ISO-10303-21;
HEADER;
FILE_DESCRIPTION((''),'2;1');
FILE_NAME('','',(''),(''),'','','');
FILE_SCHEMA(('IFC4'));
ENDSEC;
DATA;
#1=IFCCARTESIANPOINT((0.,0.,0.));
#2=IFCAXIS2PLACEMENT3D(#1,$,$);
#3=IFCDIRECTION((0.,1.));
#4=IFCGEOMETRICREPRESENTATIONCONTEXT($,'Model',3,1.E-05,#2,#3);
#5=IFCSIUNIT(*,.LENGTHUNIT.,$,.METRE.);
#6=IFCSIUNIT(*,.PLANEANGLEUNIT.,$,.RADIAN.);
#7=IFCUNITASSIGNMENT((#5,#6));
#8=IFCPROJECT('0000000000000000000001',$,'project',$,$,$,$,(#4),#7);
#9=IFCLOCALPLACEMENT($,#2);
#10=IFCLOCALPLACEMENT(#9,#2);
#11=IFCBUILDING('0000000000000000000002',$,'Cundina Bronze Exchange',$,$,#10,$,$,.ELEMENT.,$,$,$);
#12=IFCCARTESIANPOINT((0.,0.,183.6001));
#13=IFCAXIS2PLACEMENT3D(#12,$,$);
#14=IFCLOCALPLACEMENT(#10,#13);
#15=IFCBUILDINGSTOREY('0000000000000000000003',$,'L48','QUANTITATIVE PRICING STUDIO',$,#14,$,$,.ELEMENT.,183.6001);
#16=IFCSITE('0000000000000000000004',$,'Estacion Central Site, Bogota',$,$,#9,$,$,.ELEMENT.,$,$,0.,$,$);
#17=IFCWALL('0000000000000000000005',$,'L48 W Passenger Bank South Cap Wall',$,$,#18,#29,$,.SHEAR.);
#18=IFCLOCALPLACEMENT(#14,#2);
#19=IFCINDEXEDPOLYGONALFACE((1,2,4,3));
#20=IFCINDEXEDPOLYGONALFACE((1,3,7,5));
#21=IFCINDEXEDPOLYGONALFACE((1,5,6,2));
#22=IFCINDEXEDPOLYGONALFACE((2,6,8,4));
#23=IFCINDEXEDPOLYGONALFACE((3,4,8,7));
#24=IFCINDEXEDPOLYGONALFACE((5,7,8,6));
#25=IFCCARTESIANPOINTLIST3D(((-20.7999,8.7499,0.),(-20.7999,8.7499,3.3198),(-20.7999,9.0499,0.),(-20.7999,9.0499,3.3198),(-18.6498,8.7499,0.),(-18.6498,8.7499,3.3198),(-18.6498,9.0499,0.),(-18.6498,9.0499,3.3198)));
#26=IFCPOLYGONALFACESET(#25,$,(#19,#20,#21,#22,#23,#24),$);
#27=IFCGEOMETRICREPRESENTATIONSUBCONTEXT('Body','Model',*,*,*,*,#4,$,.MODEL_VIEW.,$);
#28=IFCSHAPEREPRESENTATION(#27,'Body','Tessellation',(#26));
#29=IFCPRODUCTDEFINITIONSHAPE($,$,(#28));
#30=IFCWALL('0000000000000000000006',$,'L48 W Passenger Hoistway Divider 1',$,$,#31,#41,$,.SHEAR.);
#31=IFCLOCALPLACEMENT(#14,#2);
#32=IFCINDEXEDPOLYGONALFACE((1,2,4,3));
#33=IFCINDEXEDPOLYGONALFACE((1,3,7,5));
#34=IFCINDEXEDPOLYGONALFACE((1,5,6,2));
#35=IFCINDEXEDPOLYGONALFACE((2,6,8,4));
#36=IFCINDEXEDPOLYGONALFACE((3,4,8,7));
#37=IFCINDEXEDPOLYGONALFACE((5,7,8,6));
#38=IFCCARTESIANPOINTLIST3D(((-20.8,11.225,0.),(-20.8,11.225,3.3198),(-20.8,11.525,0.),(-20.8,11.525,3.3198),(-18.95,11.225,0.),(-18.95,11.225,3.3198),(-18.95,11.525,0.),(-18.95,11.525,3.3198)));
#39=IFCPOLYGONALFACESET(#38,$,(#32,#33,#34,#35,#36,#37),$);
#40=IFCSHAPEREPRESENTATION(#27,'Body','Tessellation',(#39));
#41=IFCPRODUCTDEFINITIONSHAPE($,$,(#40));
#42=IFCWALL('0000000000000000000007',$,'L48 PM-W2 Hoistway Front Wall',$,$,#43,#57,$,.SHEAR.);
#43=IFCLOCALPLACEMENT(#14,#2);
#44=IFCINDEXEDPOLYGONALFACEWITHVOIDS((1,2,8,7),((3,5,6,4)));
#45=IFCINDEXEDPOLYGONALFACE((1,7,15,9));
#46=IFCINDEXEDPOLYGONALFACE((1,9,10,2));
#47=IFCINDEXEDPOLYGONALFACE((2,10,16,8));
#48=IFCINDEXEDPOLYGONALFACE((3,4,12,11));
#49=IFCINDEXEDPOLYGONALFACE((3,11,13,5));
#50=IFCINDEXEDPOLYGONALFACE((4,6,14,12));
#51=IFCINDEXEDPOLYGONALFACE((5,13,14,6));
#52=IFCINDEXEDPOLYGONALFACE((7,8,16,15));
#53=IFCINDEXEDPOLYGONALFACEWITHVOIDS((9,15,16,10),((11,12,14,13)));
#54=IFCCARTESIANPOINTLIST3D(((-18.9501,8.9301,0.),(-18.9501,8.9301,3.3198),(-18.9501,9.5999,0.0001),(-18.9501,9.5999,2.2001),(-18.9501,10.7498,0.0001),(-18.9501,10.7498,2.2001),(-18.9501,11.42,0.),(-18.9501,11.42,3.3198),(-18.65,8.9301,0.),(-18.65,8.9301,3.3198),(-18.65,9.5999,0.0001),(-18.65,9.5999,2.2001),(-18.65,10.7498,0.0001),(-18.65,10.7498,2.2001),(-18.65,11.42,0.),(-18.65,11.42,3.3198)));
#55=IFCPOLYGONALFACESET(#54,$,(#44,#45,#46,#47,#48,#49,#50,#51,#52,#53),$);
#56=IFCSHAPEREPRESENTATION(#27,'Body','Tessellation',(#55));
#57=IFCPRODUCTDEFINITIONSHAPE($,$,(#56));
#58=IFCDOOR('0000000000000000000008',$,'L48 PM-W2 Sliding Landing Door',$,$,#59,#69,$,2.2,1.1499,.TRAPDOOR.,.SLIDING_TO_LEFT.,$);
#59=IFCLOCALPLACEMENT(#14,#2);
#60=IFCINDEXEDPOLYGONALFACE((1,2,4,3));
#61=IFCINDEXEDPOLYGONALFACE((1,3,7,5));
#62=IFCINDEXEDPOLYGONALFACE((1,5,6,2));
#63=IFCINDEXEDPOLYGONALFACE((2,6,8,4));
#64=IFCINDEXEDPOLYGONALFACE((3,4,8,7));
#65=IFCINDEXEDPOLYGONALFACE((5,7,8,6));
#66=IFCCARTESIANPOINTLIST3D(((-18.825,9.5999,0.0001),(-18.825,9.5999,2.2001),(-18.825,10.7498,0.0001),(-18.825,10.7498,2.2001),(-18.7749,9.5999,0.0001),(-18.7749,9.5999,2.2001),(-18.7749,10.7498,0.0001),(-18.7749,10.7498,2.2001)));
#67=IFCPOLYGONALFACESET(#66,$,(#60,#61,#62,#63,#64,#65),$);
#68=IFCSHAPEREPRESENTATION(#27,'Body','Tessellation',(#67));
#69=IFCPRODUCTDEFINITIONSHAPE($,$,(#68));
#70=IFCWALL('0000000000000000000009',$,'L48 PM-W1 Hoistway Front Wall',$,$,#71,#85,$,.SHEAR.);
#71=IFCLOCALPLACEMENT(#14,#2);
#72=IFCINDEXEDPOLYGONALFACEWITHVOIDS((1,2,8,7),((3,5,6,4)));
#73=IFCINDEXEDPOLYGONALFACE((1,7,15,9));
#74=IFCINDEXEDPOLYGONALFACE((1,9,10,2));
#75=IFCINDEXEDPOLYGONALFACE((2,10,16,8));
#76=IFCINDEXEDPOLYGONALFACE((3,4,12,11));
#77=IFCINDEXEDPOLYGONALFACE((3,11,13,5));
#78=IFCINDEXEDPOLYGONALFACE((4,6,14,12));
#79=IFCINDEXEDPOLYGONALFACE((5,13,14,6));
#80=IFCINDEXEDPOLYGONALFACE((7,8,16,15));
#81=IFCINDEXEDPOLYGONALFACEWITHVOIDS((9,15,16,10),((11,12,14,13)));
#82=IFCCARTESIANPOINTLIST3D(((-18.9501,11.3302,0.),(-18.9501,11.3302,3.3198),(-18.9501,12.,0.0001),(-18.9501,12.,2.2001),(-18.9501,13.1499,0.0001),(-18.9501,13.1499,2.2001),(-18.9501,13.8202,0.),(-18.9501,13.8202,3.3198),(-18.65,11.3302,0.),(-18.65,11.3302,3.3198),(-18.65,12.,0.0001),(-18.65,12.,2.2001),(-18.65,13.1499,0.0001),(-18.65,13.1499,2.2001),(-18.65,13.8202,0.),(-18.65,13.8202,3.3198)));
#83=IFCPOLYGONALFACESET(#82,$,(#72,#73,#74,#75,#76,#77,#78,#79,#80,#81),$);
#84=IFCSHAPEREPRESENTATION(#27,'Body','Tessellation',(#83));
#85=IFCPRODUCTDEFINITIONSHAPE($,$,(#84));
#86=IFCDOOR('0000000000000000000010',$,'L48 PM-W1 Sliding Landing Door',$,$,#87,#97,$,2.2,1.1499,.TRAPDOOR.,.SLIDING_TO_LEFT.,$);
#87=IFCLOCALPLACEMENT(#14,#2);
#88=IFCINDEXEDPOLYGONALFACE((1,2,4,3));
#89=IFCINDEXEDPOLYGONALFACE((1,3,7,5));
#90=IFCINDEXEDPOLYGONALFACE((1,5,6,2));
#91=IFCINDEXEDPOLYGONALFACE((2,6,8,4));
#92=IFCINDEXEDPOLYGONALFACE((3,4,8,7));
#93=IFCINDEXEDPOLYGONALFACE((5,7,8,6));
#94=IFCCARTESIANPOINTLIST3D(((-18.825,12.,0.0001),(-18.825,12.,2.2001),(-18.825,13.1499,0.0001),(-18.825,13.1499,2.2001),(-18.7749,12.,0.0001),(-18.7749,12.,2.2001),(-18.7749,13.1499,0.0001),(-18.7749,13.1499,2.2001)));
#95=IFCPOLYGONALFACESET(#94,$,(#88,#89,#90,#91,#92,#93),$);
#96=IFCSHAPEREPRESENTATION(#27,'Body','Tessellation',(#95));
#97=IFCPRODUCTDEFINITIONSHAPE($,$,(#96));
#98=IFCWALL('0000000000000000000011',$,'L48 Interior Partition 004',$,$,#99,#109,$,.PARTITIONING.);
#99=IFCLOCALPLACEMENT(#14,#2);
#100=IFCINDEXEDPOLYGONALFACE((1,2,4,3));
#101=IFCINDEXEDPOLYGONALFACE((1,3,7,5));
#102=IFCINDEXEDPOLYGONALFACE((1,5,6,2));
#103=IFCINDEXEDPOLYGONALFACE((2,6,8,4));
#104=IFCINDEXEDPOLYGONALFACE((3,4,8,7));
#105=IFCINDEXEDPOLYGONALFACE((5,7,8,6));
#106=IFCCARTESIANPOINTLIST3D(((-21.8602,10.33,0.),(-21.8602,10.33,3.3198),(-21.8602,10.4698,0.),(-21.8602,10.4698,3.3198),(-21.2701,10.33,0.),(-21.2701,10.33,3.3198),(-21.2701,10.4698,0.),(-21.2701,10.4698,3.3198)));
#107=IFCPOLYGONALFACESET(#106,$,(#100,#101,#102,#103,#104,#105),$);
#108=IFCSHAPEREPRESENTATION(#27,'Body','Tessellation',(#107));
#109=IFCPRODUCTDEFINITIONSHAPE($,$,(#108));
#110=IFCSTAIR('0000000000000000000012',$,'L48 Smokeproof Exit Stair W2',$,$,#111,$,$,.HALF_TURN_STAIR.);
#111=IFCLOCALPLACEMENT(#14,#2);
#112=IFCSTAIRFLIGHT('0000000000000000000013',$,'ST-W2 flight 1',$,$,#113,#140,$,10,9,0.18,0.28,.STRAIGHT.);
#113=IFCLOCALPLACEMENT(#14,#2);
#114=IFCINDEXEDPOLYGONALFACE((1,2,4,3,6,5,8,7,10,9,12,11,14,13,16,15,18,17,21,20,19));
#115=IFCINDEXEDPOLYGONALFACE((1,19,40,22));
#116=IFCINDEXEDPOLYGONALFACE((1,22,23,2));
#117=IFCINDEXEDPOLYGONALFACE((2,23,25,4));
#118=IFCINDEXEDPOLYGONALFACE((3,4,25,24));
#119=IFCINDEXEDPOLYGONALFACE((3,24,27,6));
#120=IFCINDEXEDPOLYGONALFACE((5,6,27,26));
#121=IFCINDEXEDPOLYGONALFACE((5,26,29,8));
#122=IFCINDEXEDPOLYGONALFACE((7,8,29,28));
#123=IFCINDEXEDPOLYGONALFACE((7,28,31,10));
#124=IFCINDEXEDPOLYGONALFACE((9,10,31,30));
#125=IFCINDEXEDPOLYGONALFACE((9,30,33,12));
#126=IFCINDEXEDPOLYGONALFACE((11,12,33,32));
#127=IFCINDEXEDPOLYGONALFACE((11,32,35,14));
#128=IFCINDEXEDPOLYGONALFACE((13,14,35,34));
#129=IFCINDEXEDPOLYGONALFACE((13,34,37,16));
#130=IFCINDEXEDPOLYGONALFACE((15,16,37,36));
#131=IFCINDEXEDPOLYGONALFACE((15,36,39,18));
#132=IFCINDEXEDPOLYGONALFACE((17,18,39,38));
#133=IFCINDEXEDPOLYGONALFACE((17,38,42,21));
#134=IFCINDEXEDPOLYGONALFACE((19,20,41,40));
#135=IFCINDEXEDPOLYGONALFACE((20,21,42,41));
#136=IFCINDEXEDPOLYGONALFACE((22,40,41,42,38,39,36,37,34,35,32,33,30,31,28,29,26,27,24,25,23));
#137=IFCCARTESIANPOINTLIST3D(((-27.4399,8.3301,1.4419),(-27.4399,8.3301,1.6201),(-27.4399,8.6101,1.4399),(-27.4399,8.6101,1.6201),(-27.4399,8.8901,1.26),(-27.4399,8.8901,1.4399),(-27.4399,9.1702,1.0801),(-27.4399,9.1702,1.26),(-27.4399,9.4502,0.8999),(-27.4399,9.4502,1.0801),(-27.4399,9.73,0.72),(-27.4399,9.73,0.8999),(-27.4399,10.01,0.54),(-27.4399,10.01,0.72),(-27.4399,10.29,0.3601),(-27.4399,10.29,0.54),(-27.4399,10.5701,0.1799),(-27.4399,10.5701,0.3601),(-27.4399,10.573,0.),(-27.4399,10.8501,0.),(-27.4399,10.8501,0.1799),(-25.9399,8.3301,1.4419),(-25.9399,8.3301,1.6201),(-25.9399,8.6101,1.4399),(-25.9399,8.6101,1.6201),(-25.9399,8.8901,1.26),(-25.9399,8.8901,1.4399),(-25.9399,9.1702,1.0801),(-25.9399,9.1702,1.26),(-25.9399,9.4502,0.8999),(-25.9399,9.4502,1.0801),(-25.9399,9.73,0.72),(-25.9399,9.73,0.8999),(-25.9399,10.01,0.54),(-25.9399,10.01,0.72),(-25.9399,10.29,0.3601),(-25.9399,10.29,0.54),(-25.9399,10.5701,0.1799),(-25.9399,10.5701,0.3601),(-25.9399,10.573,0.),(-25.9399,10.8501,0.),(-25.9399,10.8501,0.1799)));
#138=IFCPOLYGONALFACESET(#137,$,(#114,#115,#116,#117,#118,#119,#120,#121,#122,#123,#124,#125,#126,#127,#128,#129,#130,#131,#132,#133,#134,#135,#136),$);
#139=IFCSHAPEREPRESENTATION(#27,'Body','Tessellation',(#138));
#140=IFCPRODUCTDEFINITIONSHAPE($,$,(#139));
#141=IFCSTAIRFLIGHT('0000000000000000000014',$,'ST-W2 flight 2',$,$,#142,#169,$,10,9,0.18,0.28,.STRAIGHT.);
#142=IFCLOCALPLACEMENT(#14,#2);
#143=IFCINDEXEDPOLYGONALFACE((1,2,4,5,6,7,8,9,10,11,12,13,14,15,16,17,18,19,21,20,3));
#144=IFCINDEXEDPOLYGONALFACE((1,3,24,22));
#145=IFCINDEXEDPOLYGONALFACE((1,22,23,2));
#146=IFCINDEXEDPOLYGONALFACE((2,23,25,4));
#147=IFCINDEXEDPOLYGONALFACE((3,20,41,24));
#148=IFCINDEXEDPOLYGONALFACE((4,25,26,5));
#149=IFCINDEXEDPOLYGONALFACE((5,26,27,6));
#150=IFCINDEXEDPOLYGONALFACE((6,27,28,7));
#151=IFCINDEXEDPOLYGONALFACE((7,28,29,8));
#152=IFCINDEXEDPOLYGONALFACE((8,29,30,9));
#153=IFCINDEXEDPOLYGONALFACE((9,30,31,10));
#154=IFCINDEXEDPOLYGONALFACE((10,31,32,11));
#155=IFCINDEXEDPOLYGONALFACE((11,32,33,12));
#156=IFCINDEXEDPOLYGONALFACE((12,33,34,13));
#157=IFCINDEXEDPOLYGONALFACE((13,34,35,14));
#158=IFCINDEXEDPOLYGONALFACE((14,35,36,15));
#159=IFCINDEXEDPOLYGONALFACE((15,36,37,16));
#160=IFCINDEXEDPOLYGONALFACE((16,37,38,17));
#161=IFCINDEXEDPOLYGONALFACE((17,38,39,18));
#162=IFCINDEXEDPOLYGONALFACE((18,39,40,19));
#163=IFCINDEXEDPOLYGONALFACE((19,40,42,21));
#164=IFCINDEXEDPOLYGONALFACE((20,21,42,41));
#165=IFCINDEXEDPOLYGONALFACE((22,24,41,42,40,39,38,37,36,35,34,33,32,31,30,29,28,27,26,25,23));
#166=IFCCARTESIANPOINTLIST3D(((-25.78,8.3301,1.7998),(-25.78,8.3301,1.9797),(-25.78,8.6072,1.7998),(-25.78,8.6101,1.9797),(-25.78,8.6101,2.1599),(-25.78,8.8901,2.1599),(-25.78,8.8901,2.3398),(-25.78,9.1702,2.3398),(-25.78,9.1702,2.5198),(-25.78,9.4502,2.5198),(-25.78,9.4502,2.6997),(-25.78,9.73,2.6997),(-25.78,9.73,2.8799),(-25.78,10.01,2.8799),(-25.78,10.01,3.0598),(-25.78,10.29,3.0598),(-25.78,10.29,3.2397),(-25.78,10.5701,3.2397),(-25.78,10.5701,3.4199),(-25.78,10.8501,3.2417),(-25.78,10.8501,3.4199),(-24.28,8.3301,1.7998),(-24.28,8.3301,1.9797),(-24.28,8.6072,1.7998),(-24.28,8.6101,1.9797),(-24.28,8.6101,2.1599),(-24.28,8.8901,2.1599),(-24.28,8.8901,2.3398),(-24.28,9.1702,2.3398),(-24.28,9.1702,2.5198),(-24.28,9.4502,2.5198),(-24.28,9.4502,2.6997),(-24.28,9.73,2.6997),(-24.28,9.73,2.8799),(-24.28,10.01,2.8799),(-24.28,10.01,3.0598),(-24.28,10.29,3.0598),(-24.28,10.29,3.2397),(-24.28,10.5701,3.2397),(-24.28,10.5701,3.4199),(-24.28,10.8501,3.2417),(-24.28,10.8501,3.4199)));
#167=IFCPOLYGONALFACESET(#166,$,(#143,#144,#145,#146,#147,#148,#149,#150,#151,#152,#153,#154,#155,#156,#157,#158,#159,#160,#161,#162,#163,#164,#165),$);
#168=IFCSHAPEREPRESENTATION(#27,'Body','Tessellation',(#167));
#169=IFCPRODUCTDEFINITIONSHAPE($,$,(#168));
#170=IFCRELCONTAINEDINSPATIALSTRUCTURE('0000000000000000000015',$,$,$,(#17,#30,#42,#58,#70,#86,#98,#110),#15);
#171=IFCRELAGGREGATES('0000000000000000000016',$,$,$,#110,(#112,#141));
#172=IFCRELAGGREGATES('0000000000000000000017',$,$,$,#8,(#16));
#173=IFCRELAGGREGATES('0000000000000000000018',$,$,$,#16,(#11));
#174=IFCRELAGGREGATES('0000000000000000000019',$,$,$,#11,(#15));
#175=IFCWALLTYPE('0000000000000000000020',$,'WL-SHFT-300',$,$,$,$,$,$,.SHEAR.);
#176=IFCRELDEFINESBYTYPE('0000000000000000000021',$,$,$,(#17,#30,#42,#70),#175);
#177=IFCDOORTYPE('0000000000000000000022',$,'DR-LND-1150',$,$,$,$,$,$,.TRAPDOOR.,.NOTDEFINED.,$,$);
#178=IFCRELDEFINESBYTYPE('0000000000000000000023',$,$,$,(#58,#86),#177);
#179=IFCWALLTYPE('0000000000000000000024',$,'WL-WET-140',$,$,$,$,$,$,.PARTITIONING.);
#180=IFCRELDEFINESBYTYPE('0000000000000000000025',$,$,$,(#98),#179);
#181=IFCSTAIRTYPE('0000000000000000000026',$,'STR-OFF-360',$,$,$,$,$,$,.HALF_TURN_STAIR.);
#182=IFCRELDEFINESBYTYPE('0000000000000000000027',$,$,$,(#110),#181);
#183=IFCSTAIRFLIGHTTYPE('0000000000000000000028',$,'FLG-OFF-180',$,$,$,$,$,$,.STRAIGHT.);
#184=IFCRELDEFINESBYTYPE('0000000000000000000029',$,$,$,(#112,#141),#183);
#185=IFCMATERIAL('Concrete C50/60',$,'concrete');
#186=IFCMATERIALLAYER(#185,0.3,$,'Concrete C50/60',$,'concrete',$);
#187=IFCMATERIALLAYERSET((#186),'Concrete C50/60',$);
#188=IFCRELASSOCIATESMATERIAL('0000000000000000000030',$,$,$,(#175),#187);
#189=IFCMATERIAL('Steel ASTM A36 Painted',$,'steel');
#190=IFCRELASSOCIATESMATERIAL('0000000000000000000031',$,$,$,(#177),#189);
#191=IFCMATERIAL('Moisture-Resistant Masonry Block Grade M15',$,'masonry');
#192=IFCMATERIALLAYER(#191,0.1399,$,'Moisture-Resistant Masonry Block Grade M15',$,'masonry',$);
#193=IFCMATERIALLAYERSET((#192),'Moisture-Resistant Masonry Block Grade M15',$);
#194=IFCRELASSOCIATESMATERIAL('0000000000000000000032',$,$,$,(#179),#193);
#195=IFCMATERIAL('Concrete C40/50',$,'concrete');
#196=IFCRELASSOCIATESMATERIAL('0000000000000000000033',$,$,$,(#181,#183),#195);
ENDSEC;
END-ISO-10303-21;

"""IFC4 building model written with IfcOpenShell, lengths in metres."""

from ifc_helpers import new_model, si_unit, direction, frame, frame_2d, origin, place, context, subcontext, project, spatial, polyline, rectangle, outline, extrude, material, layer, layer_set, type_object, element, fill, aggregate, save


model = new_model("IFC4")

# Units and contexts
model_context = context("Model", 3, precision=1e-05, world=origin(), true_north=direction((0.0, 1.0)))
body_context = subcontext(model_context, "Body", "Model", "MODEL_VIEW")
ifc_project = project(units=[si_unit("LENGTHUNIT", "METRE"), si_unit("PLANEANGLEUNIT", "RADIAN")], contexts=[model_context])

# Site, building, storey
site_placement = place(None, origin())
site = spatial("IfcSite", under=ifc_project, at=site_placement, Name="Estacion Central Site, Bogota", CompositionType="ELEMENT", RefElevation=0.0)
building_placement = place(site_placement, origin())
building = spatial("IfcBuilding", under=site, at=building_placement, Name="Cundina Bronze Exchange", CompositionType="ELEMENT")
storey_placement = place(building_placement, frame((0.0, 0.0, 183.6001)))
storey = spatial("IfcBuildingStorey", under=building, at=storey_placement, Name="L48", Description="QUANTITATIVE PRICING STUDIO", CompositionType="ELEMENT", Elevation=183.6001)

# Shared definitions
ifc_material_1 = material(Name="Concrete C50/60", Category="concrete")

# Shared definitions
ifc_layer_1 = layer(ifc_material_1, 0.3, Name="Concrete C50/60", Category="concrete")
ifc_layer_set_1 = layer_set([ifc_layer_1], Name="Concrete C50/60")
wall_type_1 = type_object("IfcWallType", Name="WL-SHFT-300", PredefinedType="SHEAR", material=ifc_layer_set_1)
ifc_material_2 = material(Name="Steel ASTM A36 Painted", Category="steel")
door_type = type_object("IfcDoorType", Name="DR-LND-1150", OperationType="NOTDEFINED", PredefinedType="TRAPDOOR", material=ifc_material_2)

# Walls
wall_1_placement = place(storey_placement, frame((-20.8, 8.8999, 0.0), z_axis=(0.0, 0.0, 1.0), x_axis=(1.0, 0.0, 0.0)))
element("IfcWall", 1, at=wall_1_placement, inside=storey, type_object=wall_type_1, Name="L48 W Passenger Bank South Cap Wall", PredefinedType="SHEAR", context=body_context, shape_type="SweptSolid", body=[
    extrude(rectangle(XDim=2.1501, YDim=0.3, at=frame_2d((1.0752, 0.0))), origin(), (0.0, 0.0, 1.0), 3.3198),
])
wall_2_placement = place(storey_placement, frame((-20.8, 11.375, 0.0), z_axis=(0.0, 0.0, 1.0), x_axis=(1.0, 0.0, 0.0)))
element("IfcWall", 2, at=wall_2_placement, inside=storey, type_object=wall_type_1, Name="L48 W Passenger Hoistway Divider 1", PredefinedType="SHEAR", context=body_context, shape_type="SweptSolid", body=[
    extrude(rectangle(XDim=1.8501, YDim=0.3, at=frame_2d((0.925, 0.0))), origin(), (0.0, 0.0, 1.0), 3.3198),
])

# Walls, openings, doors
wall_3_placement = place(storey_placement, frame((-18.8, 8.9299, 0.0), z_axis=(0.0, 0.0, 1.0), x_axis=(0.0, 1.0, 0.0)))
wall_3 = element("IfcWall", 3, at=wall_3_placement, inside=storey, type_object=wall_type_1, Name="L48 PM-W2 Hoistway Front Wall", PredefinedType="SHEAR", context=body_context, shape_type="SweptSolid", body=[
    extrude(rectangle(XDim=2.49, YDim=0.3, at=frame_2d((1.2451, 0.0))), origin(), (0.0, 0.0, 1.0), 3.3198),
])
opening_1_placement = place(wall_3_placement, frame((0.6699, 0.0, 0.0)))
opening_1 = element("IfcOpeningElement", 4, at=opening_1_placement, cuts=wall_3, PredefinedType="OPENING", context=body_context, shape_type="SweptSolid", body=[
    extrude(rectangle(XDim=1.1499, YDim=2.2, at=frame_2d((0.575, 1.1001))), frame((0.0, 0.1599, 0.0), z_axis=(0.0, -1.0, 0.0), x_axis=(1.0, 0.0, 0.0)), (0.0, 0.0, 1.0), 0.3201),
])
door_1_placement = place(opening_1_placement, origin())
door_1 = element("IfcDoor", 5, at=door_1_placement, inside=storey, type_object=door_type, Name="L48 PM-W2 Sliding Landing Door", OperationType="SLIDING_TO_LEFT", OverallHeight=2.2, OverallWidth=1.1499, PredefinedType="TRAPDOOR", context=body_context, shape_type="SweptSolid", body=[
    extrude(rectangle(XDim=1.1499, YDim=2.2, at=frame_2d((0.575, 1.1001))), frame((0.0, 0.0249, 0.0), z_axis=(0.0, -1.0, 0.0), x_axis=(1.0, 0.0, 0.0)), (0.0, 0.0, 1.0), 0.05),
])
fill(opening_1, door_1)
wall_4_placement = place(storey_placement, frame((-18.8, 11.3301, 0.0), z_axis=(0.0, 0.0, 1.0), x_axis=(0.0, 1.0, 0.0)))
wall_4 = element("IfcWall", 6, at=wall_4_placement, inside=storey, type_object=wall_type_1, Name="L48 PM-W1 Hoistway Front Wall", PredefinedType="SHEAR", context=body_context, shape_type="SweptSolid", body=[
    extrude(rectangle(XDim=2.49, YDim=0.3, at=frame_2d((1.2451, 0.0))), origin(), (0.0, 0.0, 1.0), 3.3198),
])
opening_2_placement = place(wall_4_placement, frame((0.6699, 0.0, 0.0)))
opening_2 = element("IfcOpeningElement", 7, at=opening_2_placement, cuts=wall_4, PredefinedType="OPENING", context=body_context, shape_type="SweptSolid", body=[
    extrude(rectangle(XDim=1.1499, YDim=2.2, at=frame_2d((0.575, 1.1001))), frame((0.0, 0.1599, 0.0), z_axis=(0.0, -1.0, 0.0), x_axis=(1.0, 0.0, 0.0)), (0.0, 0.0, 1.0), 0.3201),
])
door_2_placement = place(opening_2_placement, origin())
door_2 = element("IfcDoor", 8, at=door_2_placement, inside=storey, type_object=door_type, Name="L48 PM-W1 Sliding Landing Door", OperationType="SLIDING_TO_LEFT", OverallHeight=2.2, OverallWidth=1.1499, PredefinedType="TRAPDOOR", context=body_context, shape_type="SweptSolid", body=[
    extrude(rectangle(XDim=1.1499, YDim=2.2, at=frame_2d((0.575, 1.1001))), frame((0.0, 0.0249, 0.0), z_axis=(0.0, -1.0, 0.0), x_axis=(1.0, 0.0, 0.0)), (0.0, 0.0, 1.0), 0.05),
])
fill(opening_2, door_2)

# Wall
ifc_material_3 = material(Name="Moisture-Resistant Masonry Block Grade M15", Category="masonry")
ifc_layer_2 = layer(ifc_material_3, 0.1399, Name="Moisture-Resistant Masonry Block Grade M15", Category="masonry")
ifc_layer_set_2 = layer_set([ifc_layer_2], Name="Moisture-Resistant Masonry Block Grade M15")
wall_type_2 = type_object("IfcWallType", Name="WL-WET-140", PredefinedType="PARTITIONING", material=ifc_layer_set_2)
wall_5_placement = place(storey_placement, frame((-21.8601, 10.3999, 0.0), z_axis=(0.0, 0.0, 1.0), x_axis=(1.0, 0.0, 0.0)))
element("IfcWall", 9, at=wall_5_placement, inside=storey, type_object=wall_type_2, Name="L48 Interior Partition 004", PredefinedType="PARTITIONING", context=body_context, shape_type="SweptSolid", body=[
    extrude(rectangle(XDim=0.5901, YDim=0.1399, at=frame_2d((0.2949, 0.0))), origin(), (0.0, 0.0, 1.0), 3.3198),
])

# Stair, stair flights
ifc_material_4 = material(Name="Concrete C40/50", Category="concrete")
stair_type = type_object("IfcStairType", Name="STR-OFF-360", PredefinedType="HALF_TURN_STAIR", material=ifc_material_4)
stair_placement = place(storey_placement, origin())
stair = element("IfcStair", 10, at=stair_placement, inside=storey, type_object=stair_type, Name="L48 Smokeproof Exit Stair W2", PredefinedType="HALF_TURN_STAIR")
stair_flight_type = type_object("IfcStairFlightType", Name="FLG-OFF-180", PredefinedType="STRAIGHT", material=ifc_material_4)
stair_flight_1_placement = place(storey_placement, frame((-26.6899, 10.8501, 0.0), z_axis=(0.0, 0.0, 1.0), x_axis=(0.0, -1.0, 0.0)))
stair_flight_1 = element("IfcStairFlight", 11, at=stair_flight_1_placement, type_object=stair_flight_type, Name="ST-W2 flight 1", NumberOfRisers=10, NumberOfTreads=9, PredefinedType="STRAIGHT", RiserHeight=0.18, TreadLength=0.28, context=body_context, shape_type="SweptSolid", body=[
    extrude(outline(polyline([(0.0, 0.0), (0.0, 0.1799), (0.28, 0.1799), (0.28, 0.3601), (0.5601, 0.3601), (0.5601, 0.54), (0.8401, 0.54), (0.8401, 0.72), (1.1201, 0.72), (1.1201, 0.8999), (1.3999, 0.8999), (1.3999, 1.0801), (1.6799, 1.0801), (1.6799, 1.26), (1.96, 1.26), (1.96, 1.4399), (2.24, 1.4399), (2.24, 1.6201), (2.52, 1.6201), (2.52, 1.8), (2.52, 1.4419), (0.2771, 0.0), (0.0, 0.0)])), frame((0.0, 0.75, 0.0), z_axis=(0.0, -1.0, 0.0), x_axis=(1.0, 0.0, 0.0)), (0.0, 0.0, 1.0), 1.5),
])
stair_flight_2_placement = place(storey_placement, frame((-25.03, 8.3301, 1.7998), z_axis=(0.0, 0.0, 1.0), x_axis=(0.0, 1.0, 0.0)))
stair_flight_2 = element("IfcStairFlight", 12, at=stair_flight_2_placement, type_object=stair_flight_type, Name="ST-W2 flight 2", NumberOfRisers=10, NumberOfTreads=9, PredefinedType="STRAIGHT", RiserHeight=0.18, TreadLength=0.28, context=body_context, shape_type="SweptSolid", body=[
    extrude(outline(polyline([(0.0, 0.0), (0.0, 0.1799), (0.28, 0.1799), (0.28, 0.3601), (0.5601, 0.3601), (0.5601, 0.54), (0.8401, 0.54), (0.8401, 0.72), (1.1201, 0.72), (1.1201, 0.8999), (1.3999, 0.8999), (1.3999, 1.0801), (1.6799, 1.0801), (1.6799, 1.26), (1.96, 1.26), (1.96, 1.4399), (2.24, 1.4399), (2.24, 1.6201), (2.52, 1.6201), (2.52, 1.8), (2.52, 1.4419), (0.2771, 0.0), (0.0, 0.0)])), frame((0.0, 0.75, 0.0), z_axis=(0.0, -1.0, 0.0), x_axis=(1.0, 0.0, 0.0)), (0.0, 0.0, 1.0), 1.5),
])
aggregate(stair, [stair_flight_1, stair_flight_2])

save(model, "model.ifc")
